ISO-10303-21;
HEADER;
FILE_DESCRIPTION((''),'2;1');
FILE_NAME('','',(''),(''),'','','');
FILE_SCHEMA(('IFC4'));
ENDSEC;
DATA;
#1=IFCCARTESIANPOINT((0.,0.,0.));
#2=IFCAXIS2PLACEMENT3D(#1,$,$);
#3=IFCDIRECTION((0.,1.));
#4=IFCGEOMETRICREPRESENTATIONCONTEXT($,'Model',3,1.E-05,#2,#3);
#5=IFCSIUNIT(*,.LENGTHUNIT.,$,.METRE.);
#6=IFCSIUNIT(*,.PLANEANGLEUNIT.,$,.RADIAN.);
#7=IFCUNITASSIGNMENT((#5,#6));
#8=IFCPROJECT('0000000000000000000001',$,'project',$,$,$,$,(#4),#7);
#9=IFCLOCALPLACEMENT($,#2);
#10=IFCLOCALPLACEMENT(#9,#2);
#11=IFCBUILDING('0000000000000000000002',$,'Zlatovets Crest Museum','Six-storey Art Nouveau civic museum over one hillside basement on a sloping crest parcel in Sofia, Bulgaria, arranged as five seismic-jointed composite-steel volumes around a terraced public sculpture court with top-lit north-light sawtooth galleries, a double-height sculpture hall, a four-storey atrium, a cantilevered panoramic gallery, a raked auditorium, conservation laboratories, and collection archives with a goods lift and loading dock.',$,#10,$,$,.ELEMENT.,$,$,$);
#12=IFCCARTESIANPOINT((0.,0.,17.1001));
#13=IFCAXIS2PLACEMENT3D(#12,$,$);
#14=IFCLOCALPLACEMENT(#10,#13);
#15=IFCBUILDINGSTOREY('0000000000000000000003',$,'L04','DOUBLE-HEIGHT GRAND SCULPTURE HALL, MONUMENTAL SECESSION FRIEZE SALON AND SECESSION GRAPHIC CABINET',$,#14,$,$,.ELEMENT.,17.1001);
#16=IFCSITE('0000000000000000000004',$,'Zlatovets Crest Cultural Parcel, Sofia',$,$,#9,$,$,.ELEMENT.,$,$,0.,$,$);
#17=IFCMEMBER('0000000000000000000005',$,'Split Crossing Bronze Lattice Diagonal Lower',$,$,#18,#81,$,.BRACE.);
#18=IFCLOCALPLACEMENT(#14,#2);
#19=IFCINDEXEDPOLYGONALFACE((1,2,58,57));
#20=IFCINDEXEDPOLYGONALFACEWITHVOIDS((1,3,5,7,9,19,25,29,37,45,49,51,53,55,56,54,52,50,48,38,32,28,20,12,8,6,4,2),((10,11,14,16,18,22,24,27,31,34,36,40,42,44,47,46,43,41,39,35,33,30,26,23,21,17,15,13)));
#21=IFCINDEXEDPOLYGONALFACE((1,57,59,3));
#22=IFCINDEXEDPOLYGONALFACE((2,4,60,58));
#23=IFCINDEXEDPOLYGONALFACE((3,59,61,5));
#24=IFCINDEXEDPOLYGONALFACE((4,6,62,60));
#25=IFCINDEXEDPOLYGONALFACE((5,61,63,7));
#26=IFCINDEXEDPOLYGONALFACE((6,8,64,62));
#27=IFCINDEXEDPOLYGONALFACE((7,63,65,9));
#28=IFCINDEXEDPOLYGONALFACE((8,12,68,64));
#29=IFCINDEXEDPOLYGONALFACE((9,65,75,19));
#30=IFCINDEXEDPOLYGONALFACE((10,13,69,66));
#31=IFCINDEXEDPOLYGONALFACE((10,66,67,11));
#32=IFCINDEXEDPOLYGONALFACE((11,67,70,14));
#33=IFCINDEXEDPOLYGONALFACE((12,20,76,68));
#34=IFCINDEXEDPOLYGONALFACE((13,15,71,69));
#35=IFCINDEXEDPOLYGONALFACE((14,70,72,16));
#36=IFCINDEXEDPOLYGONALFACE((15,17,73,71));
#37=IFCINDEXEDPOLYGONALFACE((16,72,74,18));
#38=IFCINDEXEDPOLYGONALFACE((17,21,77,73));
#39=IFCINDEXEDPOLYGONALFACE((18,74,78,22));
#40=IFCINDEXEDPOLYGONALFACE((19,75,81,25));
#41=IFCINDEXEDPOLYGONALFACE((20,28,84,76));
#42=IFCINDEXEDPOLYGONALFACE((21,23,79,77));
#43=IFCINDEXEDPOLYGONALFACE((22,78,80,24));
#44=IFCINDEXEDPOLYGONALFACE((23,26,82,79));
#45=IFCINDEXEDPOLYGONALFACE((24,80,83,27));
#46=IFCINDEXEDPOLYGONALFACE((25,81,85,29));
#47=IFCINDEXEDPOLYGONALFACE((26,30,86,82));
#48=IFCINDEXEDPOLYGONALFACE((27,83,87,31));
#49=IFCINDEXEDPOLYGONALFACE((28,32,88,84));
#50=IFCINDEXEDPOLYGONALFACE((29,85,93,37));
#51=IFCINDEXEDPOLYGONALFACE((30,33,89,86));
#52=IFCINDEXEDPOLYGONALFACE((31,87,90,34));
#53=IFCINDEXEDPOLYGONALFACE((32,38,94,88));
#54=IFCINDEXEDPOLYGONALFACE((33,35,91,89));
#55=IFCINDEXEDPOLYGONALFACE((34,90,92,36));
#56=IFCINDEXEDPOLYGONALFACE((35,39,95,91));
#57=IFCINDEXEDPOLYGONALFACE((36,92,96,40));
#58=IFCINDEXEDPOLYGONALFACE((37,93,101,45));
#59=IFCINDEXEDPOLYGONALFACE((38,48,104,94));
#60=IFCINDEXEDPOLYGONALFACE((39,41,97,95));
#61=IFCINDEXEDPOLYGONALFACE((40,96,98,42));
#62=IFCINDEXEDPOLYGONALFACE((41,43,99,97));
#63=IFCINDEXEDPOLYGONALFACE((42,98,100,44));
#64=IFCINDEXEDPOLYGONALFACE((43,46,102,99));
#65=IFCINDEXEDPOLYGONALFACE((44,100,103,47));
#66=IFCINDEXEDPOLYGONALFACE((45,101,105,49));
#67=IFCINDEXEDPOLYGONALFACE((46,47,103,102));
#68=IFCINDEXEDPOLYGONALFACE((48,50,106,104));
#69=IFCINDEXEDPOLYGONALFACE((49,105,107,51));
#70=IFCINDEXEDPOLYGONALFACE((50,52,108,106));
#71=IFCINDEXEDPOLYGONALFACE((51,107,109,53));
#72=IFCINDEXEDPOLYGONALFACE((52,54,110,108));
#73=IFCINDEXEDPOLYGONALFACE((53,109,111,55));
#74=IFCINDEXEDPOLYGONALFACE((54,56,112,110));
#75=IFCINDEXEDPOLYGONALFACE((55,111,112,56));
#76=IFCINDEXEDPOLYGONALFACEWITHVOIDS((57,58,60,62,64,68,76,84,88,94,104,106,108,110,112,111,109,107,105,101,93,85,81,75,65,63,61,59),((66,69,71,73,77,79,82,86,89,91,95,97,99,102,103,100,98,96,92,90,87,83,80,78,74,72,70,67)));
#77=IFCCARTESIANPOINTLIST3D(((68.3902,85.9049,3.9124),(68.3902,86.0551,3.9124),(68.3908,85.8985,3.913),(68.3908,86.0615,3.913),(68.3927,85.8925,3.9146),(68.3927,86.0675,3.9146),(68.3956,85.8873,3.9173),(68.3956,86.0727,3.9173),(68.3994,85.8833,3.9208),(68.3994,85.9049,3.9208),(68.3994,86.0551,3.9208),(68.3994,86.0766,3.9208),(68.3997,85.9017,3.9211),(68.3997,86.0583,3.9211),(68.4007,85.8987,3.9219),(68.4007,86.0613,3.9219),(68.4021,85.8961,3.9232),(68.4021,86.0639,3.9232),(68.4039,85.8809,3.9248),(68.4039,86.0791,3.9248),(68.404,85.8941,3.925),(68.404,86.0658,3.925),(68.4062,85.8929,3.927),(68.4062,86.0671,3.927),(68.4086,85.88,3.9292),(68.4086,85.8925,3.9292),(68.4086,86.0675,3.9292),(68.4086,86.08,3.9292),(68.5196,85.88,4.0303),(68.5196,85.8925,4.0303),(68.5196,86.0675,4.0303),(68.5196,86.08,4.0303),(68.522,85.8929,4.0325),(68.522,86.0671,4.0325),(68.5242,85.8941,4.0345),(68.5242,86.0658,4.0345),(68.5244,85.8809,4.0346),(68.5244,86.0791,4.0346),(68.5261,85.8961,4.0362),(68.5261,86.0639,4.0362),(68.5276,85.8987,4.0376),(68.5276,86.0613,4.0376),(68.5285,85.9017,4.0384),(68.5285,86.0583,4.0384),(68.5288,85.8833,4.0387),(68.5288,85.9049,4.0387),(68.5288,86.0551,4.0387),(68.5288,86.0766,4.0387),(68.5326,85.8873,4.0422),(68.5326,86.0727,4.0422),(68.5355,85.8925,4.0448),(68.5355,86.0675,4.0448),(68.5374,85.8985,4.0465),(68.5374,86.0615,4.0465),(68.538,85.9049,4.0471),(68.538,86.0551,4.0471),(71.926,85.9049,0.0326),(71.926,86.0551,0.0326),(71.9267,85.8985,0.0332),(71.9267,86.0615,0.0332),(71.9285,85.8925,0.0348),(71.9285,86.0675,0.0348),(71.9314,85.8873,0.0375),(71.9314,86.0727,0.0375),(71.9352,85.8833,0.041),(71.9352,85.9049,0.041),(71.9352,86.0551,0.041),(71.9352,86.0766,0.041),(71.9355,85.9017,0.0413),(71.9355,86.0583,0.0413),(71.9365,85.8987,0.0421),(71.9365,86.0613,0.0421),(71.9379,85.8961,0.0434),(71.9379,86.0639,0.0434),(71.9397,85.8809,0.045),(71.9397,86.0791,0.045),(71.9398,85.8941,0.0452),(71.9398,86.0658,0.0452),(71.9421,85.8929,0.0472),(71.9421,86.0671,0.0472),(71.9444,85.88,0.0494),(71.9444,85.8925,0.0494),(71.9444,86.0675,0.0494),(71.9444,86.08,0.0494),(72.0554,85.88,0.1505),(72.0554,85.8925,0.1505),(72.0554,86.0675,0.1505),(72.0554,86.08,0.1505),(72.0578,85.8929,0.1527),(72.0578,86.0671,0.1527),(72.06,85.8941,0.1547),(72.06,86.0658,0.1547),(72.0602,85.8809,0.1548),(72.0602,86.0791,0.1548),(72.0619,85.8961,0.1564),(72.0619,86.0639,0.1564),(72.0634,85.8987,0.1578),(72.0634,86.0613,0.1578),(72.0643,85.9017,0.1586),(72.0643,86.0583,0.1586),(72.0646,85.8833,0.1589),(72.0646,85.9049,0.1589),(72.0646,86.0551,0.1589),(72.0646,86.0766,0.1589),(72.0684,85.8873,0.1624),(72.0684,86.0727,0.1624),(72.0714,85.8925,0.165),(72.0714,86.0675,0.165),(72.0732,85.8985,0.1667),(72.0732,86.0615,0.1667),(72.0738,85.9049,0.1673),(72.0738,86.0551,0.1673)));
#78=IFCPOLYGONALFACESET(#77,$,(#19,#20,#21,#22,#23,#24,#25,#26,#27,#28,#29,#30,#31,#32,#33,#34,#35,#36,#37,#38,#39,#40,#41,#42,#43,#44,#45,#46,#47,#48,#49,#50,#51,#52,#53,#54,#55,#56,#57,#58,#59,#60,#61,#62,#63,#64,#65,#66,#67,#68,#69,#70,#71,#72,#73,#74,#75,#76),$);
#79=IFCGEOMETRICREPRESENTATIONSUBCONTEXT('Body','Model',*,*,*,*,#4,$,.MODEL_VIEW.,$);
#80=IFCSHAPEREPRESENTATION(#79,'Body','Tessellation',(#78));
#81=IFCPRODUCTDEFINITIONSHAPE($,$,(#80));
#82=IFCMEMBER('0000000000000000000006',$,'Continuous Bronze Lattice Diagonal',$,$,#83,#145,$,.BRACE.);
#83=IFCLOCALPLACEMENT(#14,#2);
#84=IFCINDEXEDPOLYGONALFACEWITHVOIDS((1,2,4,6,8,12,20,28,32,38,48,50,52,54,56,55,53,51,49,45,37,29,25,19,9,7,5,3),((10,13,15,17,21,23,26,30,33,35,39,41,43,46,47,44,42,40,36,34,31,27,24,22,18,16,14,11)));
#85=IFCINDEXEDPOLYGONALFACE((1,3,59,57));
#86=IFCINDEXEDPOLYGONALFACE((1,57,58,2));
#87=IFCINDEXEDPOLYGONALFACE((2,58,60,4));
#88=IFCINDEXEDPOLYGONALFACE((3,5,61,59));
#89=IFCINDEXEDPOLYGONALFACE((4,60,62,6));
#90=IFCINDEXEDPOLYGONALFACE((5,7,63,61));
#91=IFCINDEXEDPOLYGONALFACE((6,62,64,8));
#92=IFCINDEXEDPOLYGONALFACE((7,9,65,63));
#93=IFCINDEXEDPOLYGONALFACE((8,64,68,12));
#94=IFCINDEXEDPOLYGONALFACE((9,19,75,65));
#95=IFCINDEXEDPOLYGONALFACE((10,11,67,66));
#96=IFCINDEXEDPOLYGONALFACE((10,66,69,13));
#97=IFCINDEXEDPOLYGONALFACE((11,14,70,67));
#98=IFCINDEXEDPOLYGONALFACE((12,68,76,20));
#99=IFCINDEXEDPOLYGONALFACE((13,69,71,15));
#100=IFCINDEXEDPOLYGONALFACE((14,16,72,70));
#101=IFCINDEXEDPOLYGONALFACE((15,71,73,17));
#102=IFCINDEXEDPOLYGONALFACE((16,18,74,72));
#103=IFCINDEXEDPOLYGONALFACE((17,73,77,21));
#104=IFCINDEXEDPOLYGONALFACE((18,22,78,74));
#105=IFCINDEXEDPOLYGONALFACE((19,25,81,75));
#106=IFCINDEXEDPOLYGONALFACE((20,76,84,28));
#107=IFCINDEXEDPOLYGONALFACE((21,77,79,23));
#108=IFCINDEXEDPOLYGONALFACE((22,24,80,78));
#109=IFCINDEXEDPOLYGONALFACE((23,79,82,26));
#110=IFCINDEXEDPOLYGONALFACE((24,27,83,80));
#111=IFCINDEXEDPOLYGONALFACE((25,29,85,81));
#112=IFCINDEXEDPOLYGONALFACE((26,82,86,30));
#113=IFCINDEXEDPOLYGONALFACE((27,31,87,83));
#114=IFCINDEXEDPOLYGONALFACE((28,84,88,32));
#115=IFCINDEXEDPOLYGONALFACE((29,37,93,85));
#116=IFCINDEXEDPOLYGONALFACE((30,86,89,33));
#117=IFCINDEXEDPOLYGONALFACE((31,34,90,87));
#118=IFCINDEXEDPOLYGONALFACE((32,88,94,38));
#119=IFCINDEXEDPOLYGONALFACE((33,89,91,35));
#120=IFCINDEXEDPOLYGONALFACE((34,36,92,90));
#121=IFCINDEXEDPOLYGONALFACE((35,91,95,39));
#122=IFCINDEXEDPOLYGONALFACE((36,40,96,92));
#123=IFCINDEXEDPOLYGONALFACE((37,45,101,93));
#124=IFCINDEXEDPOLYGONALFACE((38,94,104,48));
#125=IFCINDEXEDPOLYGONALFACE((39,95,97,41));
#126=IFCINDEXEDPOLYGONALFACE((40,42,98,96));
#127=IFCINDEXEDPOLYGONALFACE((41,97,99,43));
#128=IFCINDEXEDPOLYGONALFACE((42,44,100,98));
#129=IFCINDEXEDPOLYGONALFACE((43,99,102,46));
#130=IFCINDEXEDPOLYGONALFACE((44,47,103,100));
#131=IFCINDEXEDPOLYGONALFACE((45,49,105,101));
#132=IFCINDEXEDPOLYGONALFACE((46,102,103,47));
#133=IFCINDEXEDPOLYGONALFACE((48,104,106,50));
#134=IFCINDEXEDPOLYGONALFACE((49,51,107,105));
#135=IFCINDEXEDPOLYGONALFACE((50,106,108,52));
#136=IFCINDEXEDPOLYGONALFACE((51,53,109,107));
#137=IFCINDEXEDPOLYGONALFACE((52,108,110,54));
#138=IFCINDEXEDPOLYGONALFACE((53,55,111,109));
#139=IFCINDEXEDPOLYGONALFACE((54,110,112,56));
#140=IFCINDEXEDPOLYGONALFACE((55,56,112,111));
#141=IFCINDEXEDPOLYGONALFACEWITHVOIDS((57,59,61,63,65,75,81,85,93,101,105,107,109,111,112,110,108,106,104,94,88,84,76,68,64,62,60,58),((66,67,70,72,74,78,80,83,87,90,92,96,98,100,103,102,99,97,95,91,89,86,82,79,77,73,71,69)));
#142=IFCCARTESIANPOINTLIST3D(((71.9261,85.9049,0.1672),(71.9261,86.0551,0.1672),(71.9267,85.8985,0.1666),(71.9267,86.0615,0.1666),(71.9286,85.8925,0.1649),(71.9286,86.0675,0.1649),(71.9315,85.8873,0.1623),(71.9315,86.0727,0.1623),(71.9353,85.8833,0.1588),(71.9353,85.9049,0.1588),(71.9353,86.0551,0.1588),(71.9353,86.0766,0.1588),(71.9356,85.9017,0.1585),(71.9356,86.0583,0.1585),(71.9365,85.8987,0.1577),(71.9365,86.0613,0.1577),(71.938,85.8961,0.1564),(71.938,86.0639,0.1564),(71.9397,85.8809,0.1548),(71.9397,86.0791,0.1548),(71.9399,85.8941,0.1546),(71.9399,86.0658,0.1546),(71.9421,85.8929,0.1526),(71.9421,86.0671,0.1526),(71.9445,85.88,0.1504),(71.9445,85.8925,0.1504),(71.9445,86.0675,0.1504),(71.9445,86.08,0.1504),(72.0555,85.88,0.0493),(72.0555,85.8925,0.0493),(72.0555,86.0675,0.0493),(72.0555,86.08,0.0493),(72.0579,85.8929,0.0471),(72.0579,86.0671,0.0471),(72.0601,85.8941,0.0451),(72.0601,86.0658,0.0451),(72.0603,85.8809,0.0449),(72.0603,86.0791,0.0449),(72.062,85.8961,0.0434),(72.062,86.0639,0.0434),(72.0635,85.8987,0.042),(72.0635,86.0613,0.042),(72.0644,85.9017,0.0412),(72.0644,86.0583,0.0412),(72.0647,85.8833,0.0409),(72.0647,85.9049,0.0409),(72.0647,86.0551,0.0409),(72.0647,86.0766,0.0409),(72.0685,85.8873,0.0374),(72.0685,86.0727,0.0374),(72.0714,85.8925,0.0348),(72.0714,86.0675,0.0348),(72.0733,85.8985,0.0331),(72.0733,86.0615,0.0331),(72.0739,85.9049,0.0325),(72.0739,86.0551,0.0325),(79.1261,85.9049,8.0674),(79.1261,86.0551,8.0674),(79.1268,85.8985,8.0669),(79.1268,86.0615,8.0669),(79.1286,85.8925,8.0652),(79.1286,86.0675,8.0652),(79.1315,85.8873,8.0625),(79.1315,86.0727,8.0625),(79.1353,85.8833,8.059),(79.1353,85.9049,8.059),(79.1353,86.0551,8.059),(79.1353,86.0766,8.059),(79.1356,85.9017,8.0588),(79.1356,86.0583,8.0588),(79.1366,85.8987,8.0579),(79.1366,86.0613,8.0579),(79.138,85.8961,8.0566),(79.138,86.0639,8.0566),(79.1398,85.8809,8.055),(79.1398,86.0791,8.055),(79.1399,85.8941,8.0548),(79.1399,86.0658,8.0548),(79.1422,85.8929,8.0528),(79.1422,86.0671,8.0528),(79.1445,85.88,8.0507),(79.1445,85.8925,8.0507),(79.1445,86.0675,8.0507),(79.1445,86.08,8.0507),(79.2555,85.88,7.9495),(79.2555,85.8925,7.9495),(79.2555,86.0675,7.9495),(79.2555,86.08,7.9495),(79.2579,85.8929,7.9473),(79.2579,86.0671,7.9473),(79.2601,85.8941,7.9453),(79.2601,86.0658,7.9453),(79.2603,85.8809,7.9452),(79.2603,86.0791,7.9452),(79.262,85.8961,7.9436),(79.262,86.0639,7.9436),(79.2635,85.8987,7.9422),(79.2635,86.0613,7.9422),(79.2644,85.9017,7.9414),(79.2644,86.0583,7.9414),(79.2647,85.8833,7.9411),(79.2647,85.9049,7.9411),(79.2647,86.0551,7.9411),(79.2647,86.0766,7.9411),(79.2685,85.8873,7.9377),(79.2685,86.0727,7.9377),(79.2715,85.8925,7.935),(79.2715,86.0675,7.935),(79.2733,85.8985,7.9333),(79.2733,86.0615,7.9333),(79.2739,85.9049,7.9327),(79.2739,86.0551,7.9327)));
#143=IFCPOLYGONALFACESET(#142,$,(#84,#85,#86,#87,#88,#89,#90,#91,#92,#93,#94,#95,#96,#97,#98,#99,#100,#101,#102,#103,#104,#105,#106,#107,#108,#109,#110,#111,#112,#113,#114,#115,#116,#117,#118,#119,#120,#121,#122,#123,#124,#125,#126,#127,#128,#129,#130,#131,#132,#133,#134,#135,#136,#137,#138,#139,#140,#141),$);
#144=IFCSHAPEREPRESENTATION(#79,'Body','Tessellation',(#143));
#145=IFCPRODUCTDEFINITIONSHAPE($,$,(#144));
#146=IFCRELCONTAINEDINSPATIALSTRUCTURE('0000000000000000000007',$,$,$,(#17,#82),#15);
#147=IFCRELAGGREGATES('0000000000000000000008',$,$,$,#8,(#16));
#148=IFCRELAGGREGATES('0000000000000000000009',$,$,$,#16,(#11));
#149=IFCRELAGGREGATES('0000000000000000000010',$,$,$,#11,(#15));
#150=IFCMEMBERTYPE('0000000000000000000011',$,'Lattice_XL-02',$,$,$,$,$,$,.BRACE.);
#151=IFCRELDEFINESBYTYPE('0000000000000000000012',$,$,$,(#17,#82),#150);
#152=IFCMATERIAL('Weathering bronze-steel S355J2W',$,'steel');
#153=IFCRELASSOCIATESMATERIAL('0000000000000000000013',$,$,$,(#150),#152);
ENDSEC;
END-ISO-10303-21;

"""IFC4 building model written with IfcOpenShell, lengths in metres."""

from ifc_helpers import new_model, si_unit, direction, frame, origin, origin_2d, place, context, subcontext, project, spatial, hollow_rectangle, extrude, material, material_profile, profile_set, type_object, element, save


model = new_model("IFC4")

# Units and contexts
model_context = context("Model", 3, precision=1e-05, world=origin(), true_north=direction((0.0, 1.0)))
body_context = subcontext(model_context, "Body", "Model", "MODEL_VIEW")
ifc_project = project(units=[si_unit("LENGTHUNIT", "METRE"), si_unit("PLANEANGLEUNIT", "RADIAN")], contexts=[model_context])

# Site, building, storey
site_placement = place(None, origin())
site = spatial("IfcSite", under=ifc_project, at=site_placement, Name="Zlatovets Crest Cultural Parcel, Sofia", CompositionType="ELEMENT", RefElevation=0.0)
building_placement = place(site_placement, origin())
building = spatial("IfcBuilding", under=site, at=building_placement, Name="Zlatovets Crest Museum", Description="Six-storey Art Nouveau civic museum over one hillside basement on a sloping crest parcel in Sofia, Bulgaria, arranged as five seismic-jointed composite-steel volumes around a terraced public sculpture court with top-lit north-light sawtooth galleries, a double-height sculpture hall, a four-storey atrium, a cantilevered panoramic gallery, a raked auditorium, conservation laboratories, and collection archives with a goods lift and loading dock.", CompositionType="ELEMENT")
storey_placement = place(building_placement, frame((0.0, 0.0, 17.1001)))
storey = spatial("IfcBuildingStorey", under=building, at=storey_placement, Name="L04", Description="DOUBLE-HEIGHT GRAND SCULPTURE HALL, MONUMENTAL SECESSION FRIEZE SALON AND SECESSION GRAPHIC CABINET", CompositionType="ELEMENT", Elevation=17.1001)

# Members
ifc_material_1 = material(Name="Weathering bronze-steel S355J2W", Category="steel")
ifc_material_profile_1 = material_profile(ifc_material_1, hollow_rectangle(XDim=0.2, YDim=0.2, WallThickness=0.0125, InnerFilletRadius=0.0125, OuterFilletRadius=0.0249, at=origin_2d()), Name="SHS 200x200x12.5")
ifc_profile_set_1 = profile_set([ifc_material_profile_1], Name="Weathering bronze-steel S355J2W")
member_type_1 = type_object("IfcMemberType", Name="Lattice_XL-02", PredefinedType="BRACE", material=ifc_profile_set_1)
for number, where, z_axis, x_axis, name in (
    (1, (68.4641, 85.98, 3.9797), (0.673582, 0.0, -0.739112), (0.0, 1.0, 0.0), "Split Crossing Bronze Lattice Diagonal Lower"),
):
    element("IfcMember", number, at=place(storey_placement, frame(where, z_axis=z_axis, x_axis=x_axis)), inside=storey, type_object=member_type_1, Name=name, PredefinedType="BRACE", context=body_context, shape_type="SweptSolid", body=[
        extrude(hollow_rectangle(XDim=0.2, YDim=0.2, WallThickness=0.0125, InnerFilletRadius=0.0125, OuterFilletRadius=0.0249, at=origin_2d()), origin(), (0.0, 0.0, 1.0), 5.2493),
    ])
member_1_placement = place(storey_placement, frame((72.0, 85.98, 0.0999), z_axis=(0.673594, 0.0, 0.739101), x_axis=(0.0, 1.0, 0.0)))
element("IfcMember", 2, at=member_1_placement, inside=storey, type_object=member_type_1, Name="Continuous Bronze Lattice Diagonal", PredefinedType="BRACE", context=body_context, shape_type="SweptSolid", body=[
    extrude(hollow_rectangle(XDim=0.2, YDim=0.2, WallThickness=0.0125, InnerFilletRadius=0.0125, OuterFilletRadius=0.0249, at=origin_2d()), origin(), (0.0, 0.0, 1.0), 10.689),
])

save(model, "model.ifc")
